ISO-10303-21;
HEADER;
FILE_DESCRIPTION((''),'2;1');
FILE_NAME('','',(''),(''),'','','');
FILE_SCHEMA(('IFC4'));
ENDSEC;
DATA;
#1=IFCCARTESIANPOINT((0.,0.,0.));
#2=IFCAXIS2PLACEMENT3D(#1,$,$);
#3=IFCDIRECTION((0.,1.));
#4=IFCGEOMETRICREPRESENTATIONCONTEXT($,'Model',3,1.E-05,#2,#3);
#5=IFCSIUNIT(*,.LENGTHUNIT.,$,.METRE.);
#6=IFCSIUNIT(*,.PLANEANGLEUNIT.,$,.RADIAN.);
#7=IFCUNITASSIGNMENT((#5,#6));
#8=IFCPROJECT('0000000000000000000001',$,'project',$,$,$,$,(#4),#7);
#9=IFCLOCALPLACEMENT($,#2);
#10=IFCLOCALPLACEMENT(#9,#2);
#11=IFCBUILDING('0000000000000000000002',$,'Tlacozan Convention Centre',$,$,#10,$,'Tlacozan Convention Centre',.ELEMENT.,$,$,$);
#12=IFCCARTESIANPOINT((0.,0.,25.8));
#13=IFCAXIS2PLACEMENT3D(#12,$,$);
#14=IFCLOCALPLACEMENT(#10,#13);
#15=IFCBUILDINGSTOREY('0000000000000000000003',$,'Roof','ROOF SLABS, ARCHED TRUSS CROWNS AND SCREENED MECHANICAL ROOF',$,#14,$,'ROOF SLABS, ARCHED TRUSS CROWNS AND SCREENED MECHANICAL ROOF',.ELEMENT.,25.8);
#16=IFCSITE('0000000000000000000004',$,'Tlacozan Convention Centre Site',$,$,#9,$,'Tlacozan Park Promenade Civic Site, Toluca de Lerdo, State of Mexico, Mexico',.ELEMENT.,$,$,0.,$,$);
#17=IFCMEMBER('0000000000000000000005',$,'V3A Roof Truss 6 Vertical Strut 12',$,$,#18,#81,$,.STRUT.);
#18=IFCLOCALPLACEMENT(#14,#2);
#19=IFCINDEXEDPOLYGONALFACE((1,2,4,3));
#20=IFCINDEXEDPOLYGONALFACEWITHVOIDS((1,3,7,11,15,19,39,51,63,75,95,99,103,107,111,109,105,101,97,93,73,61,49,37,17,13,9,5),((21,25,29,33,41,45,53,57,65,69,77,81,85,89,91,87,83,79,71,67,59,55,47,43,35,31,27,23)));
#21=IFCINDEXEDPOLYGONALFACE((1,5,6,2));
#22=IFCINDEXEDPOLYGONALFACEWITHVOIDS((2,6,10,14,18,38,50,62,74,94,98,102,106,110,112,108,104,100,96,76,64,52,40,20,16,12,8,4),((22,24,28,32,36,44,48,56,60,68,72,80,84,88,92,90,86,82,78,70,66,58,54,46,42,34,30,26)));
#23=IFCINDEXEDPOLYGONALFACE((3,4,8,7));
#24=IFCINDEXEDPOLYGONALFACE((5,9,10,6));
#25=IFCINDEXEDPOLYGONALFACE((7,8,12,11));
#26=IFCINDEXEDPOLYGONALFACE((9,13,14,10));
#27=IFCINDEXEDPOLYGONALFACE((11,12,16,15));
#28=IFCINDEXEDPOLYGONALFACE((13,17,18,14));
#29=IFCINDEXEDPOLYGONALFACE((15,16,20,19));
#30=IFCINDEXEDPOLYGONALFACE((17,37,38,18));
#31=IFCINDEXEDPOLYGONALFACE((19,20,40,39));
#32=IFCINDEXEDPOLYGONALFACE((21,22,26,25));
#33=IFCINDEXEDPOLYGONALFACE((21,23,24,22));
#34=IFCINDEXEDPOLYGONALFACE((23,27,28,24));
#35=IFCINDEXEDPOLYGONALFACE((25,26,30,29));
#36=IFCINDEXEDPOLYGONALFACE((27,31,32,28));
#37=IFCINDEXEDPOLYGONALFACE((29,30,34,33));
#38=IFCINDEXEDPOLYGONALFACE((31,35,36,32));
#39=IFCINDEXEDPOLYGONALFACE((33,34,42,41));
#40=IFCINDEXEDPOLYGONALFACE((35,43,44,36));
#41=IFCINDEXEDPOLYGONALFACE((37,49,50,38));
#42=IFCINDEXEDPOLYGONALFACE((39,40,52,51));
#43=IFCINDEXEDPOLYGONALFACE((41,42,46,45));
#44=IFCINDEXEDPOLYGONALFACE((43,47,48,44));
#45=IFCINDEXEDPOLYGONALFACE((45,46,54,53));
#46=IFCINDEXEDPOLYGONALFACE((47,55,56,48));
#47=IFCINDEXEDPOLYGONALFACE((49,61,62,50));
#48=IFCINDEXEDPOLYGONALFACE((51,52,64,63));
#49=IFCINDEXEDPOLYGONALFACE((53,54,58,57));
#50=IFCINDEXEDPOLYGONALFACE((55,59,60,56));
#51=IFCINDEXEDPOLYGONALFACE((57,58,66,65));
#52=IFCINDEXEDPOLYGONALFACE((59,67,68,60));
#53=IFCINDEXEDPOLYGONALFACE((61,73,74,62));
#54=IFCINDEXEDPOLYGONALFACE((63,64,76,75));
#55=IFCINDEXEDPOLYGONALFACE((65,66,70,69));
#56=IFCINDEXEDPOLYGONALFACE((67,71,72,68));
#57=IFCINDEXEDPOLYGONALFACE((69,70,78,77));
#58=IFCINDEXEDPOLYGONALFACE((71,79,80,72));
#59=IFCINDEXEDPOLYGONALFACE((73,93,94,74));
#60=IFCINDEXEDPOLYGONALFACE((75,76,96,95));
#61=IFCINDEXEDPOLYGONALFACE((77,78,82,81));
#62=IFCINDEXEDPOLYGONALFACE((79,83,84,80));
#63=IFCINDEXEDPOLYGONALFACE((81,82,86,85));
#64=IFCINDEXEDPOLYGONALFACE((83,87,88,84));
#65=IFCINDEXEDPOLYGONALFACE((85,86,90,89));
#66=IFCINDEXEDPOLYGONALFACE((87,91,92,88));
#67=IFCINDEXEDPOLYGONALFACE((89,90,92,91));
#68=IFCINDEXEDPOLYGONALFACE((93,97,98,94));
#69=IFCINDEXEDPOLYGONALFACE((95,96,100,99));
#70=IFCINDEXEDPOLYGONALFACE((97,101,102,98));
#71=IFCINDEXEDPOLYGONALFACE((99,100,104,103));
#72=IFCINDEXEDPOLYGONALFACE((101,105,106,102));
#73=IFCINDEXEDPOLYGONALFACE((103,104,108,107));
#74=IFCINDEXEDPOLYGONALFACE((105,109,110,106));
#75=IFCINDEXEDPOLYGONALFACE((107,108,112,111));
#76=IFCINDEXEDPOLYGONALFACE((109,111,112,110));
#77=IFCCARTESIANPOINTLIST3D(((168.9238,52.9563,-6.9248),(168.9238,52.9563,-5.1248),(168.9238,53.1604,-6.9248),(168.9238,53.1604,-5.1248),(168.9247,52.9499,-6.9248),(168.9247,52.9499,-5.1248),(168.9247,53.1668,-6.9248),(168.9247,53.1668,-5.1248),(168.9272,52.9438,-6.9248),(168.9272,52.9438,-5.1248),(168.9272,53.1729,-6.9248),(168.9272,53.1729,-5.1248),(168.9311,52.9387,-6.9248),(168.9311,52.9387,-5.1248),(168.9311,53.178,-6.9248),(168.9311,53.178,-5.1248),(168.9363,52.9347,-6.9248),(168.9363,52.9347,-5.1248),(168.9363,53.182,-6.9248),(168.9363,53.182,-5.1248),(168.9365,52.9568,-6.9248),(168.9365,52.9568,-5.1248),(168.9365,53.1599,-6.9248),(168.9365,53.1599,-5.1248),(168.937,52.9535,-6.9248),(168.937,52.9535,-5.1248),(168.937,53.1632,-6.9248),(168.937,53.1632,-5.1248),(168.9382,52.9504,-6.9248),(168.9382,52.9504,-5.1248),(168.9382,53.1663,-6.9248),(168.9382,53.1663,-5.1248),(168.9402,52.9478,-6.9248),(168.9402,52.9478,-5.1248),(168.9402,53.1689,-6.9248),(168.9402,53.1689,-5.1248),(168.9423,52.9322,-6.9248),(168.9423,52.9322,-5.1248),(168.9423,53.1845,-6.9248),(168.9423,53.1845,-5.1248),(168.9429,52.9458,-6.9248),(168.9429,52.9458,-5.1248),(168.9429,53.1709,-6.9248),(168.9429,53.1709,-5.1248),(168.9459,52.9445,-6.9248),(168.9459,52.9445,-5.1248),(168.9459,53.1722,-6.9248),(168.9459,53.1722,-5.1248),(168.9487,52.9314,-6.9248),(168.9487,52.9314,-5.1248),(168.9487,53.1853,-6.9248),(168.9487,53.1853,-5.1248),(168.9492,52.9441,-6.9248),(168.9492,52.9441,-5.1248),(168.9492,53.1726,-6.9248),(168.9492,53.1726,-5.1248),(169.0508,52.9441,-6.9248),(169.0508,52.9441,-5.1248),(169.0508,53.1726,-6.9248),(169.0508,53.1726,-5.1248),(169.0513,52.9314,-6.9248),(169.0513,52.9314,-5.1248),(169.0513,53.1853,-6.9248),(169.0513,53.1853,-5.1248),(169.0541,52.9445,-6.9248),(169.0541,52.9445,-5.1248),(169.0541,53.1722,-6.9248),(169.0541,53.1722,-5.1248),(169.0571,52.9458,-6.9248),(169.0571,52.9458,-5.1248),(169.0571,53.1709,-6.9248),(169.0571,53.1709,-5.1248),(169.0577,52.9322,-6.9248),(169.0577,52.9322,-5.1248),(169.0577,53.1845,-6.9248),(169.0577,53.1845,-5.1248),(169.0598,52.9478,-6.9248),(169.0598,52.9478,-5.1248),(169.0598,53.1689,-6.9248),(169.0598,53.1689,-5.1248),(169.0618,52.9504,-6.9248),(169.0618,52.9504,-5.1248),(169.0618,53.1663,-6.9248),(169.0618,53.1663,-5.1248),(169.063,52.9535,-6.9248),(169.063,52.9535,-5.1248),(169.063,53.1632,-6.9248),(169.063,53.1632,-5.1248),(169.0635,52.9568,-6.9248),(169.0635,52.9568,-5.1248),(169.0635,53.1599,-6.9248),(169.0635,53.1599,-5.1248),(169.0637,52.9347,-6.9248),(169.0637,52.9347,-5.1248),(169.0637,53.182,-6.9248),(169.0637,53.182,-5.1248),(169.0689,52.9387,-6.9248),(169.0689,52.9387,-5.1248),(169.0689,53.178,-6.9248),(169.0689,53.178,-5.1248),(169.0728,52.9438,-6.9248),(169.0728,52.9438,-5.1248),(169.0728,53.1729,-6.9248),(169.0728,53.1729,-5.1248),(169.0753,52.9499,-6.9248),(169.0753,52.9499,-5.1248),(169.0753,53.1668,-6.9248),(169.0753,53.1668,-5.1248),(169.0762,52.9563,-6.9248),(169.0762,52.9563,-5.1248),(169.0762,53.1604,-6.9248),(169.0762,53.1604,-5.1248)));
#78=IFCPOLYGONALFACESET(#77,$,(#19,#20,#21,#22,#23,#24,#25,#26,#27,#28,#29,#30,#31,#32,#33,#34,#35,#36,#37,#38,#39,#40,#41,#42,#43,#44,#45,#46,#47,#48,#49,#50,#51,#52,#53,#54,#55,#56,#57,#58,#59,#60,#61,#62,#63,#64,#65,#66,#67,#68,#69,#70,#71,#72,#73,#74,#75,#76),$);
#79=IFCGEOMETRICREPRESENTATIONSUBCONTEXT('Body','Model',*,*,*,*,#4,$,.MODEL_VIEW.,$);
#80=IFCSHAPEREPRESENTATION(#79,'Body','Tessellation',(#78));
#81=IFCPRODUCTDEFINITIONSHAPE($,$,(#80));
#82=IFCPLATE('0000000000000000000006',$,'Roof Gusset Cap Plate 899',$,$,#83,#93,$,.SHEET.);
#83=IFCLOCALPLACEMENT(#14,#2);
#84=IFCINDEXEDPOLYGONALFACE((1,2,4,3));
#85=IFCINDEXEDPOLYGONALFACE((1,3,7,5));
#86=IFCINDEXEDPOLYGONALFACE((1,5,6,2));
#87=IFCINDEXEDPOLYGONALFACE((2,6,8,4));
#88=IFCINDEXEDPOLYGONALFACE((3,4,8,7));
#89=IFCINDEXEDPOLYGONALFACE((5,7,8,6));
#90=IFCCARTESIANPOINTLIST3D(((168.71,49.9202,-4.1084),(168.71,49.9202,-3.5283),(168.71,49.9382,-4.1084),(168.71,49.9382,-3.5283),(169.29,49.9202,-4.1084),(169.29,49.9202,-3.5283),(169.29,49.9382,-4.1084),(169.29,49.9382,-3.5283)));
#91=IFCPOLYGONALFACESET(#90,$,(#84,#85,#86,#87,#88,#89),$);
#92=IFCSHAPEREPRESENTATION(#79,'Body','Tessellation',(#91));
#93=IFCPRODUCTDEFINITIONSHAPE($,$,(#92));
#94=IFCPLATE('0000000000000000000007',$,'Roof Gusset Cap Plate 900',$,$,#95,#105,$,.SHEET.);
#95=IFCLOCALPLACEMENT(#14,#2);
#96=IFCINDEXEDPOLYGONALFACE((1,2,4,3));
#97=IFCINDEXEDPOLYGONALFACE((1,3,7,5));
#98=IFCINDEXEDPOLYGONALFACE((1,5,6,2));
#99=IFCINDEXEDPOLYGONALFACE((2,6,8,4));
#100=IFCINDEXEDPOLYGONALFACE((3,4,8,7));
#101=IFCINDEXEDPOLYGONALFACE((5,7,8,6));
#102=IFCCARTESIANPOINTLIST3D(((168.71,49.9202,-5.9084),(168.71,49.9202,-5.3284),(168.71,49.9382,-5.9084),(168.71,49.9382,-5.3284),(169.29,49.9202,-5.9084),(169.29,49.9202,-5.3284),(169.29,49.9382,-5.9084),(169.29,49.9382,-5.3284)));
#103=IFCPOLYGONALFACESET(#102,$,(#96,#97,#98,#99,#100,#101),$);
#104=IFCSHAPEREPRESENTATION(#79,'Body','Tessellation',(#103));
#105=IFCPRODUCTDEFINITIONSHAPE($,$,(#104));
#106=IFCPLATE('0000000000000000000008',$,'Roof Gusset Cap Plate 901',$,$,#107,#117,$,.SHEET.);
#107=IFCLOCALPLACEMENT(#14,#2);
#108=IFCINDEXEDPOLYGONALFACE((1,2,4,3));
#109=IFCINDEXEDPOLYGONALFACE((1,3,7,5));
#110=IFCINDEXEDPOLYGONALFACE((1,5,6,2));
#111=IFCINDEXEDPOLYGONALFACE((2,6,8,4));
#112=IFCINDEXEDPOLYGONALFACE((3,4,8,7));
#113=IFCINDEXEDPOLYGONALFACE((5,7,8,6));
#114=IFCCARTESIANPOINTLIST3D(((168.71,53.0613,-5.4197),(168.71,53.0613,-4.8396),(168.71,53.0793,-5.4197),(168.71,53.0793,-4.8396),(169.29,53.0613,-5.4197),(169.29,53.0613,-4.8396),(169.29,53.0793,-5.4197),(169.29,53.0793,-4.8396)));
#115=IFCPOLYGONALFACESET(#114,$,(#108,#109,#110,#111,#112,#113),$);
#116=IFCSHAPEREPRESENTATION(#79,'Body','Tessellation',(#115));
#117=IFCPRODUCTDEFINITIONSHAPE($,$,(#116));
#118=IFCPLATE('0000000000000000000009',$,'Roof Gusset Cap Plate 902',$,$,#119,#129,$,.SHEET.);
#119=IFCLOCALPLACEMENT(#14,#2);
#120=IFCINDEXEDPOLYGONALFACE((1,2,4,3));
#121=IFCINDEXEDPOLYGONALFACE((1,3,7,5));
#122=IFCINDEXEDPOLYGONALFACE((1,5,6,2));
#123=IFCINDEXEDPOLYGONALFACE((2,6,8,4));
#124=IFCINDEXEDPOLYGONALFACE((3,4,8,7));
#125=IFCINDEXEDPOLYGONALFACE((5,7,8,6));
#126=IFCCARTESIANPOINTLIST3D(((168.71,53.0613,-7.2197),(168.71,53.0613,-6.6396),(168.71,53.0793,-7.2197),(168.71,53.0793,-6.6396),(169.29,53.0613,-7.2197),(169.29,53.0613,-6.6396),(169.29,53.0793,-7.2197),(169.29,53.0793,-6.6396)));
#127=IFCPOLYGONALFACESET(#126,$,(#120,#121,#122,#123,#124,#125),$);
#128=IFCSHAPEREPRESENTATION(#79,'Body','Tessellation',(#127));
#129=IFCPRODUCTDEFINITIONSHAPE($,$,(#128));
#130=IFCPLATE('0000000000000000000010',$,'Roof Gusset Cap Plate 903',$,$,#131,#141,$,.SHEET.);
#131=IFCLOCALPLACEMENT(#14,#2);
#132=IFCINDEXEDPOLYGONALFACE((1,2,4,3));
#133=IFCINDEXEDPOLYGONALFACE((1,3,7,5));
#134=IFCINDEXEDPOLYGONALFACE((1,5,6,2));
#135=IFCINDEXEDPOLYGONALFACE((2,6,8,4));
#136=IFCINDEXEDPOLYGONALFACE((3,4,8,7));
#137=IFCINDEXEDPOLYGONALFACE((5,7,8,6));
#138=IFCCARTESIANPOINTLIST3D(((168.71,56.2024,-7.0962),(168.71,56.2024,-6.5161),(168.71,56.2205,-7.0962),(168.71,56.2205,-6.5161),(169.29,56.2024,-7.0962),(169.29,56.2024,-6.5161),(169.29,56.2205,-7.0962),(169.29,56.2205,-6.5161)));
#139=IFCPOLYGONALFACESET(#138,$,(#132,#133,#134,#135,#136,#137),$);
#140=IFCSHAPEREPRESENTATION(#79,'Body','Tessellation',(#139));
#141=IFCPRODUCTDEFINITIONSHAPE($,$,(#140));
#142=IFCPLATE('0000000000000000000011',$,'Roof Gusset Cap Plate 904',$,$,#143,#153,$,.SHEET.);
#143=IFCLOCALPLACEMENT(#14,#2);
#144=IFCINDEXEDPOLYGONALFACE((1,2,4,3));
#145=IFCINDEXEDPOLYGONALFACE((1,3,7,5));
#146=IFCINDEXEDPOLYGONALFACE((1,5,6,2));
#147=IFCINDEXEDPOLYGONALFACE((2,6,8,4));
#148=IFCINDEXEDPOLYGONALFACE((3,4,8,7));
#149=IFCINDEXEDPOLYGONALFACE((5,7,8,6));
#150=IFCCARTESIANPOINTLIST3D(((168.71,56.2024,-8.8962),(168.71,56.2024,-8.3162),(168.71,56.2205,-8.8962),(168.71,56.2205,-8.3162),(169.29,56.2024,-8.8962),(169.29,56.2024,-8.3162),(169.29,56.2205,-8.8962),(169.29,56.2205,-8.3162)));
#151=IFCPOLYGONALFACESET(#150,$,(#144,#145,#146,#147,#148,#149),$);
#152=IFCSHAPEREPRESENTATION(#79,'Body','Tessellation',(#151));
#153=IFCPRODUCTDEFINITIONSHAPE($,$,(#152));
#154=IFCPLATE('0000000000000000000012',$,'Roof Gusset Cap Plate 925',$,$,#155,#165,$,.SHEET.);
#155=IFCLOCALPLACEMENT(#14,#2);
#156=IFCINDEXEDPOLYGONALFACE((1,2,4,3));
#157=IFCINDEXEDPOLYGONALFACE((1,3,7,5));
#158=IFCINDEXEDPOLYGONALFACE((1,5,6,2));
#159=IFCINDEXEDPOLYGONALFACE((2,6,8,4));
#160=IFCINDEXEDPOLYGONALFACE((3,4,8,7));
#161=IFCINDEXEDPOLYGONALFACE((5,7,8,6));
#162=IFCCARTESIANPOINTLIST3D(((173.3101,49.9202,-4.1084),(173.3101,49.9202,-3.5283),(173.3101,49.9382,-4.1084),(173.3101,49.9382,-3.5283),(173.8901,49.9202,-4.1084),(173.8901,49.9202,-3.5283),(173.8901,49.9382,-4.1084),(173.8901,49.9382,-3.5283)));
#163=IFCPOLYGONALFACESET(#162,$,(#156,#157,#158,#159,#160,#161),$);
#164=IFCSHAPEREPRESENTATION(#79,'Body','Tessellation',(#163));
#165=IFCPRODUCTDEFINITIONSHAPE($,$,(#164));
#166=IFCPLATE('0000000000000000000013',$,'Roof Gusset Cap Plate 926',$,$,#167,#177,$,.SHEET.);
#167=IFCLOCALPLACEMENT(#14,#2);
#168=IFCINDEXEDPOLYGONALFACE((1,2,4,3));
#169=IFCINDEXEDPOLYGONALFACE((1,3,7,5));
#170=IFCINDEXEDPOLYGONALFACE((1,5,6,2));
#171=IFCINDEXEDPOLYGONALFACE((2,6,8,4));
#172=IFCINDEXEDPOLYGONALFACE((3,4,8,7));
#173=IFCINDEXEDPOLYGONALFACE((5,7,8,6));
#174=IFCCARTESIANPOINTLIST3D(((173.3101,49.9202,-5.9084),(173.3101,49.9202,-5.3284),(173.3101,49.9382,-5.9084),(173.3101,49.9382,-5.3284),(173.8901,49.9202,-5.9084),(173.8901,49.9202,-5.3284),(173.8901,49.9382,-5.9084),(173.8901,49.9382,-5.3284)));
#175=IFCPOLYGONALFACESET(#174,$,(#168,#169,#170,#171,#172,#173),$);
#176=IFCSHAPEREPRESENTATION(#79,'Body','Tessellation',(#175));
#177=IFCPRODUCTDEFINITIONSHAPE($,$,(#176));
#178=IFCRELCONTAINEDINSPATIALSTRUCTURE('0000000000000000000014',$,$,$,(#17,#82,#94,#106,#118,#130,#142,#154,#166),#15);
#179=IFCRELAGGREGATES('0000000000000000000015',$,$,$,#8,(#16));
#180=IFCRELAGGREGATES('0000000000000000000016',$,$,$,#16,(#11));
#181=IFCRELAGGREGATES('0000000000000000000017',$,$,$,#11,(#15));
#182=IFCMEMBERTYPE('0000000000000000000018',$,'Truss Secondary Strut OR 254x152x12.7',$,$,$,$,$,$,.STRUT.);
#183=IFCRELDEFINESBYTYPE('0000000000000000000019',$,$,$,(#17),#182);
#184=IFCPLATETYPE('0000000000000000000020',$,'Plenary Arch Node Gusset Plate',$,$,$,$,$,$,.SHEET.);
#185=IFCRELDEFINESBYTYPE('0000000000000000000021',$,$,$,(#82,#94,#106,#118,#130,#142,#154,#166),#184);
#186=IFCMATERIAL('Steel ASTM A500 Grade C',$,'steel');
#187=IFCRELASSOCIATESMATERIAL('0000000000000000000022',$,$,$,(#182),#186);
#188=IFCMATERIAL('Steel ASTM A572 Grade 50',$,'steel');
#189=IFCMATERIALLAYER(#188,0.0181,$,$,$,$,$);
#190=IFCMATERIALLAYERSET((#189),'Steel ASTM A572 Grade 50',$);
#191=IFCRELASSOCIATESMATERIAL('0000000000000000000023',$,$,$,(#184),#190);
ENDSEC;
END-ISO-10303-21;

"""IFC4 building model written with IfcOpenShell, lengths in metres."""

from ifc_helpers import new_model, si_unit, direction, frame, origin, origin_2d, place, context, subcontext, project, spatial, rectangle, hollow_rectangle, extrude, material, layer, layer_set, material_profile, profile_set, type_object, element, save


model = new_model("IFC4")

# Units and contexts
model_context = context("Model", 3, precision=1e-05, world=origin(), true_north=direction((0.0, 1.0)))
body_context = subcontext(model_context, "Body", "Model", "MODEL_VIEW")
ifc_project = project(units=[si_unit("LENGTHUNIT", "METRE"), si_unit("PLANEANGLEUNIT", "RADIAN")], contexts=[model_context])

# Site, building, storey
site_placement = place(None, origin())
site = spatial("IfcSite", under=ifc_project, at=site_placement, Name="Tlacozan Convention Centre Site", LongName="Tlacozan Park Promenade Civic Site, Toluca de Lerdo, State of Mexico, Mexico", CompositionType="ELEMENT", RefElevation=0.0)
building_placement = place(site_placement, origin())
building = spatial("IfcBuilding", under=site, at=building_placement, Name="Tlacozan Convention Centre", LongName="Tlacozan Convention Centre", CompositionType="ELEMENT")
storey_placement = place(building_placement, frame((0.0, 0.0, 25.8)))
storey = spatial("IfcBuildingStorey", under=building, at=storey_placement, Name="Roof", Description="ROOF SLABS, ARCHED TRUSS CROWNS AND SCREENED MECHANICAL ROOF", LongName="ROOF SLABS, ARCHED TRUSS CROWNS AND SCREENED MECHANICAL ROOF", CompositionType="ELEMENT", Elevation=25.8)

# Member
ifc_material_1 = material(Name="Steel ASTM A500 Grade C", Category="steel")
ifc_material_profile_1 = material_profile(ifc_material_1, hollow_rectangle(XDim=0.1523, YDim=0.2539, WallThickness=0.0127, InnerFilletRadius=0.0127, OuterFilletRadius=0.0249, at=origin_2d()), Name="OR 254x152x12.7")
ifc_profile_set_1 = profile_set([ifc_material_profile_1], Name="Steel ASTM A500 Grade C")
member_type_1 = type_object("IfcMemberType", Name="Truss Secondary Strut OR 254x152x12.7", PredefinedType="STRUT", material=ifc_profile_set_1)
member_1_placement = place(storey_placement, frame((169.0, 53.0583, -6.9248), z_axis=(0.0, 0.0, 1.0), x_axis=(1.0, 0.0, 0.0)))
element("IfcMember", 1, at=member_1_placement, inside=storey, type_object=member_type_1, Name="V3A Roof Truss 6 Vertical Strut 12", PredefinedType="STRUT", context=body_context, shape_type="SweptSolid", body=[
    extrude(hollow_rectangle(XDim=0.1523, YDim=0.2539, WallThickness=0.0127, InnerFilletRadius=0.0127, OuterFilletRadius=0.0249, at=origin_2d()), origin(), (0.0, 0.0, 1.0), 1.8),
])

# Plates
ifc_material_2 = material(Name="Steel ASTM A572 Grade 50", Category="steel")
ifc_layer = layer(ifc_material_2, 0.0181)
ifc_layer_set = layer_set([ifc_layer], Name="Steel ASTM A572 Grade 50")
plate_type = type_object("IfcPlateType", Name="Plenary Arch Node Gusset Plate", PredefinedType="SHEET", material=ifc_layer_set)
for number, where, z_axis, x_axis, name in (
    (2, (169.0, 49.9292, -4.1084), (0.0, 0.0, 1.0), (0.0, 1.0, 0.0), "Roof Gusset Cap Plate 899"),
    (3, (169.0, 49.9292, -5.9084), (0.0, 0.0, 1.0), (0.0, 1.0, 0.0), "Roof Gusset Cap Plate 900"),
    (4, (169.0, 53.0703, -5.4197), (0.0, 0.0, 1.0), (0.0, 1.0, 0.0), "Roof Gusset Cap Plate 901"),
    (5, (169.0, 53.0703, -7.2197), (0.0, 0.0, 1.0), (0.0, 1.0, 0.0), "Roof Gusset Cap Plate 902"),
    (6, (169.0, 56.2114, -7.0962), (0.0, 0.0, 1.0), (0.0, 1.0, 0.0), "Roof Gusset Cap Plate 903"),
    (7, (169.0, 56.2114, -8.8962), (0.0, 0.0, 1.0), (0.0, 1.0, 0.0), "Roof Gusset Cap Plate 904"),
    (8, (173.6001, 49.9292, -4.1084), (0.0, 0.0, 1.0), (0.0, 1.0, 0.0), "Roof Gusset Cap Plate 925"),
    (9, (173.6001, 49.9292, -5.9084), (0.0, 0.0, 1.0), (0.0, 1.0, 0.0), "Roof Gusset Cap Plate 926"),
):
    element("IfcPlate", number, at=place(storey_placement, frame(where, z_axis=z_axis, x_axis=x_axis)), inside=storey, type_object=plate_type, Name=name, PredefinedType="SHEET", context=body_context, shape_type="SweptSolid", body=[
        extrude(rectangle(XDim=0.0181, YDim=0.5801, at=origin_2d()), origin(), (0.0, 0.0, 1.0), 0.5801),
    ])

save(model, "model.ifc")
